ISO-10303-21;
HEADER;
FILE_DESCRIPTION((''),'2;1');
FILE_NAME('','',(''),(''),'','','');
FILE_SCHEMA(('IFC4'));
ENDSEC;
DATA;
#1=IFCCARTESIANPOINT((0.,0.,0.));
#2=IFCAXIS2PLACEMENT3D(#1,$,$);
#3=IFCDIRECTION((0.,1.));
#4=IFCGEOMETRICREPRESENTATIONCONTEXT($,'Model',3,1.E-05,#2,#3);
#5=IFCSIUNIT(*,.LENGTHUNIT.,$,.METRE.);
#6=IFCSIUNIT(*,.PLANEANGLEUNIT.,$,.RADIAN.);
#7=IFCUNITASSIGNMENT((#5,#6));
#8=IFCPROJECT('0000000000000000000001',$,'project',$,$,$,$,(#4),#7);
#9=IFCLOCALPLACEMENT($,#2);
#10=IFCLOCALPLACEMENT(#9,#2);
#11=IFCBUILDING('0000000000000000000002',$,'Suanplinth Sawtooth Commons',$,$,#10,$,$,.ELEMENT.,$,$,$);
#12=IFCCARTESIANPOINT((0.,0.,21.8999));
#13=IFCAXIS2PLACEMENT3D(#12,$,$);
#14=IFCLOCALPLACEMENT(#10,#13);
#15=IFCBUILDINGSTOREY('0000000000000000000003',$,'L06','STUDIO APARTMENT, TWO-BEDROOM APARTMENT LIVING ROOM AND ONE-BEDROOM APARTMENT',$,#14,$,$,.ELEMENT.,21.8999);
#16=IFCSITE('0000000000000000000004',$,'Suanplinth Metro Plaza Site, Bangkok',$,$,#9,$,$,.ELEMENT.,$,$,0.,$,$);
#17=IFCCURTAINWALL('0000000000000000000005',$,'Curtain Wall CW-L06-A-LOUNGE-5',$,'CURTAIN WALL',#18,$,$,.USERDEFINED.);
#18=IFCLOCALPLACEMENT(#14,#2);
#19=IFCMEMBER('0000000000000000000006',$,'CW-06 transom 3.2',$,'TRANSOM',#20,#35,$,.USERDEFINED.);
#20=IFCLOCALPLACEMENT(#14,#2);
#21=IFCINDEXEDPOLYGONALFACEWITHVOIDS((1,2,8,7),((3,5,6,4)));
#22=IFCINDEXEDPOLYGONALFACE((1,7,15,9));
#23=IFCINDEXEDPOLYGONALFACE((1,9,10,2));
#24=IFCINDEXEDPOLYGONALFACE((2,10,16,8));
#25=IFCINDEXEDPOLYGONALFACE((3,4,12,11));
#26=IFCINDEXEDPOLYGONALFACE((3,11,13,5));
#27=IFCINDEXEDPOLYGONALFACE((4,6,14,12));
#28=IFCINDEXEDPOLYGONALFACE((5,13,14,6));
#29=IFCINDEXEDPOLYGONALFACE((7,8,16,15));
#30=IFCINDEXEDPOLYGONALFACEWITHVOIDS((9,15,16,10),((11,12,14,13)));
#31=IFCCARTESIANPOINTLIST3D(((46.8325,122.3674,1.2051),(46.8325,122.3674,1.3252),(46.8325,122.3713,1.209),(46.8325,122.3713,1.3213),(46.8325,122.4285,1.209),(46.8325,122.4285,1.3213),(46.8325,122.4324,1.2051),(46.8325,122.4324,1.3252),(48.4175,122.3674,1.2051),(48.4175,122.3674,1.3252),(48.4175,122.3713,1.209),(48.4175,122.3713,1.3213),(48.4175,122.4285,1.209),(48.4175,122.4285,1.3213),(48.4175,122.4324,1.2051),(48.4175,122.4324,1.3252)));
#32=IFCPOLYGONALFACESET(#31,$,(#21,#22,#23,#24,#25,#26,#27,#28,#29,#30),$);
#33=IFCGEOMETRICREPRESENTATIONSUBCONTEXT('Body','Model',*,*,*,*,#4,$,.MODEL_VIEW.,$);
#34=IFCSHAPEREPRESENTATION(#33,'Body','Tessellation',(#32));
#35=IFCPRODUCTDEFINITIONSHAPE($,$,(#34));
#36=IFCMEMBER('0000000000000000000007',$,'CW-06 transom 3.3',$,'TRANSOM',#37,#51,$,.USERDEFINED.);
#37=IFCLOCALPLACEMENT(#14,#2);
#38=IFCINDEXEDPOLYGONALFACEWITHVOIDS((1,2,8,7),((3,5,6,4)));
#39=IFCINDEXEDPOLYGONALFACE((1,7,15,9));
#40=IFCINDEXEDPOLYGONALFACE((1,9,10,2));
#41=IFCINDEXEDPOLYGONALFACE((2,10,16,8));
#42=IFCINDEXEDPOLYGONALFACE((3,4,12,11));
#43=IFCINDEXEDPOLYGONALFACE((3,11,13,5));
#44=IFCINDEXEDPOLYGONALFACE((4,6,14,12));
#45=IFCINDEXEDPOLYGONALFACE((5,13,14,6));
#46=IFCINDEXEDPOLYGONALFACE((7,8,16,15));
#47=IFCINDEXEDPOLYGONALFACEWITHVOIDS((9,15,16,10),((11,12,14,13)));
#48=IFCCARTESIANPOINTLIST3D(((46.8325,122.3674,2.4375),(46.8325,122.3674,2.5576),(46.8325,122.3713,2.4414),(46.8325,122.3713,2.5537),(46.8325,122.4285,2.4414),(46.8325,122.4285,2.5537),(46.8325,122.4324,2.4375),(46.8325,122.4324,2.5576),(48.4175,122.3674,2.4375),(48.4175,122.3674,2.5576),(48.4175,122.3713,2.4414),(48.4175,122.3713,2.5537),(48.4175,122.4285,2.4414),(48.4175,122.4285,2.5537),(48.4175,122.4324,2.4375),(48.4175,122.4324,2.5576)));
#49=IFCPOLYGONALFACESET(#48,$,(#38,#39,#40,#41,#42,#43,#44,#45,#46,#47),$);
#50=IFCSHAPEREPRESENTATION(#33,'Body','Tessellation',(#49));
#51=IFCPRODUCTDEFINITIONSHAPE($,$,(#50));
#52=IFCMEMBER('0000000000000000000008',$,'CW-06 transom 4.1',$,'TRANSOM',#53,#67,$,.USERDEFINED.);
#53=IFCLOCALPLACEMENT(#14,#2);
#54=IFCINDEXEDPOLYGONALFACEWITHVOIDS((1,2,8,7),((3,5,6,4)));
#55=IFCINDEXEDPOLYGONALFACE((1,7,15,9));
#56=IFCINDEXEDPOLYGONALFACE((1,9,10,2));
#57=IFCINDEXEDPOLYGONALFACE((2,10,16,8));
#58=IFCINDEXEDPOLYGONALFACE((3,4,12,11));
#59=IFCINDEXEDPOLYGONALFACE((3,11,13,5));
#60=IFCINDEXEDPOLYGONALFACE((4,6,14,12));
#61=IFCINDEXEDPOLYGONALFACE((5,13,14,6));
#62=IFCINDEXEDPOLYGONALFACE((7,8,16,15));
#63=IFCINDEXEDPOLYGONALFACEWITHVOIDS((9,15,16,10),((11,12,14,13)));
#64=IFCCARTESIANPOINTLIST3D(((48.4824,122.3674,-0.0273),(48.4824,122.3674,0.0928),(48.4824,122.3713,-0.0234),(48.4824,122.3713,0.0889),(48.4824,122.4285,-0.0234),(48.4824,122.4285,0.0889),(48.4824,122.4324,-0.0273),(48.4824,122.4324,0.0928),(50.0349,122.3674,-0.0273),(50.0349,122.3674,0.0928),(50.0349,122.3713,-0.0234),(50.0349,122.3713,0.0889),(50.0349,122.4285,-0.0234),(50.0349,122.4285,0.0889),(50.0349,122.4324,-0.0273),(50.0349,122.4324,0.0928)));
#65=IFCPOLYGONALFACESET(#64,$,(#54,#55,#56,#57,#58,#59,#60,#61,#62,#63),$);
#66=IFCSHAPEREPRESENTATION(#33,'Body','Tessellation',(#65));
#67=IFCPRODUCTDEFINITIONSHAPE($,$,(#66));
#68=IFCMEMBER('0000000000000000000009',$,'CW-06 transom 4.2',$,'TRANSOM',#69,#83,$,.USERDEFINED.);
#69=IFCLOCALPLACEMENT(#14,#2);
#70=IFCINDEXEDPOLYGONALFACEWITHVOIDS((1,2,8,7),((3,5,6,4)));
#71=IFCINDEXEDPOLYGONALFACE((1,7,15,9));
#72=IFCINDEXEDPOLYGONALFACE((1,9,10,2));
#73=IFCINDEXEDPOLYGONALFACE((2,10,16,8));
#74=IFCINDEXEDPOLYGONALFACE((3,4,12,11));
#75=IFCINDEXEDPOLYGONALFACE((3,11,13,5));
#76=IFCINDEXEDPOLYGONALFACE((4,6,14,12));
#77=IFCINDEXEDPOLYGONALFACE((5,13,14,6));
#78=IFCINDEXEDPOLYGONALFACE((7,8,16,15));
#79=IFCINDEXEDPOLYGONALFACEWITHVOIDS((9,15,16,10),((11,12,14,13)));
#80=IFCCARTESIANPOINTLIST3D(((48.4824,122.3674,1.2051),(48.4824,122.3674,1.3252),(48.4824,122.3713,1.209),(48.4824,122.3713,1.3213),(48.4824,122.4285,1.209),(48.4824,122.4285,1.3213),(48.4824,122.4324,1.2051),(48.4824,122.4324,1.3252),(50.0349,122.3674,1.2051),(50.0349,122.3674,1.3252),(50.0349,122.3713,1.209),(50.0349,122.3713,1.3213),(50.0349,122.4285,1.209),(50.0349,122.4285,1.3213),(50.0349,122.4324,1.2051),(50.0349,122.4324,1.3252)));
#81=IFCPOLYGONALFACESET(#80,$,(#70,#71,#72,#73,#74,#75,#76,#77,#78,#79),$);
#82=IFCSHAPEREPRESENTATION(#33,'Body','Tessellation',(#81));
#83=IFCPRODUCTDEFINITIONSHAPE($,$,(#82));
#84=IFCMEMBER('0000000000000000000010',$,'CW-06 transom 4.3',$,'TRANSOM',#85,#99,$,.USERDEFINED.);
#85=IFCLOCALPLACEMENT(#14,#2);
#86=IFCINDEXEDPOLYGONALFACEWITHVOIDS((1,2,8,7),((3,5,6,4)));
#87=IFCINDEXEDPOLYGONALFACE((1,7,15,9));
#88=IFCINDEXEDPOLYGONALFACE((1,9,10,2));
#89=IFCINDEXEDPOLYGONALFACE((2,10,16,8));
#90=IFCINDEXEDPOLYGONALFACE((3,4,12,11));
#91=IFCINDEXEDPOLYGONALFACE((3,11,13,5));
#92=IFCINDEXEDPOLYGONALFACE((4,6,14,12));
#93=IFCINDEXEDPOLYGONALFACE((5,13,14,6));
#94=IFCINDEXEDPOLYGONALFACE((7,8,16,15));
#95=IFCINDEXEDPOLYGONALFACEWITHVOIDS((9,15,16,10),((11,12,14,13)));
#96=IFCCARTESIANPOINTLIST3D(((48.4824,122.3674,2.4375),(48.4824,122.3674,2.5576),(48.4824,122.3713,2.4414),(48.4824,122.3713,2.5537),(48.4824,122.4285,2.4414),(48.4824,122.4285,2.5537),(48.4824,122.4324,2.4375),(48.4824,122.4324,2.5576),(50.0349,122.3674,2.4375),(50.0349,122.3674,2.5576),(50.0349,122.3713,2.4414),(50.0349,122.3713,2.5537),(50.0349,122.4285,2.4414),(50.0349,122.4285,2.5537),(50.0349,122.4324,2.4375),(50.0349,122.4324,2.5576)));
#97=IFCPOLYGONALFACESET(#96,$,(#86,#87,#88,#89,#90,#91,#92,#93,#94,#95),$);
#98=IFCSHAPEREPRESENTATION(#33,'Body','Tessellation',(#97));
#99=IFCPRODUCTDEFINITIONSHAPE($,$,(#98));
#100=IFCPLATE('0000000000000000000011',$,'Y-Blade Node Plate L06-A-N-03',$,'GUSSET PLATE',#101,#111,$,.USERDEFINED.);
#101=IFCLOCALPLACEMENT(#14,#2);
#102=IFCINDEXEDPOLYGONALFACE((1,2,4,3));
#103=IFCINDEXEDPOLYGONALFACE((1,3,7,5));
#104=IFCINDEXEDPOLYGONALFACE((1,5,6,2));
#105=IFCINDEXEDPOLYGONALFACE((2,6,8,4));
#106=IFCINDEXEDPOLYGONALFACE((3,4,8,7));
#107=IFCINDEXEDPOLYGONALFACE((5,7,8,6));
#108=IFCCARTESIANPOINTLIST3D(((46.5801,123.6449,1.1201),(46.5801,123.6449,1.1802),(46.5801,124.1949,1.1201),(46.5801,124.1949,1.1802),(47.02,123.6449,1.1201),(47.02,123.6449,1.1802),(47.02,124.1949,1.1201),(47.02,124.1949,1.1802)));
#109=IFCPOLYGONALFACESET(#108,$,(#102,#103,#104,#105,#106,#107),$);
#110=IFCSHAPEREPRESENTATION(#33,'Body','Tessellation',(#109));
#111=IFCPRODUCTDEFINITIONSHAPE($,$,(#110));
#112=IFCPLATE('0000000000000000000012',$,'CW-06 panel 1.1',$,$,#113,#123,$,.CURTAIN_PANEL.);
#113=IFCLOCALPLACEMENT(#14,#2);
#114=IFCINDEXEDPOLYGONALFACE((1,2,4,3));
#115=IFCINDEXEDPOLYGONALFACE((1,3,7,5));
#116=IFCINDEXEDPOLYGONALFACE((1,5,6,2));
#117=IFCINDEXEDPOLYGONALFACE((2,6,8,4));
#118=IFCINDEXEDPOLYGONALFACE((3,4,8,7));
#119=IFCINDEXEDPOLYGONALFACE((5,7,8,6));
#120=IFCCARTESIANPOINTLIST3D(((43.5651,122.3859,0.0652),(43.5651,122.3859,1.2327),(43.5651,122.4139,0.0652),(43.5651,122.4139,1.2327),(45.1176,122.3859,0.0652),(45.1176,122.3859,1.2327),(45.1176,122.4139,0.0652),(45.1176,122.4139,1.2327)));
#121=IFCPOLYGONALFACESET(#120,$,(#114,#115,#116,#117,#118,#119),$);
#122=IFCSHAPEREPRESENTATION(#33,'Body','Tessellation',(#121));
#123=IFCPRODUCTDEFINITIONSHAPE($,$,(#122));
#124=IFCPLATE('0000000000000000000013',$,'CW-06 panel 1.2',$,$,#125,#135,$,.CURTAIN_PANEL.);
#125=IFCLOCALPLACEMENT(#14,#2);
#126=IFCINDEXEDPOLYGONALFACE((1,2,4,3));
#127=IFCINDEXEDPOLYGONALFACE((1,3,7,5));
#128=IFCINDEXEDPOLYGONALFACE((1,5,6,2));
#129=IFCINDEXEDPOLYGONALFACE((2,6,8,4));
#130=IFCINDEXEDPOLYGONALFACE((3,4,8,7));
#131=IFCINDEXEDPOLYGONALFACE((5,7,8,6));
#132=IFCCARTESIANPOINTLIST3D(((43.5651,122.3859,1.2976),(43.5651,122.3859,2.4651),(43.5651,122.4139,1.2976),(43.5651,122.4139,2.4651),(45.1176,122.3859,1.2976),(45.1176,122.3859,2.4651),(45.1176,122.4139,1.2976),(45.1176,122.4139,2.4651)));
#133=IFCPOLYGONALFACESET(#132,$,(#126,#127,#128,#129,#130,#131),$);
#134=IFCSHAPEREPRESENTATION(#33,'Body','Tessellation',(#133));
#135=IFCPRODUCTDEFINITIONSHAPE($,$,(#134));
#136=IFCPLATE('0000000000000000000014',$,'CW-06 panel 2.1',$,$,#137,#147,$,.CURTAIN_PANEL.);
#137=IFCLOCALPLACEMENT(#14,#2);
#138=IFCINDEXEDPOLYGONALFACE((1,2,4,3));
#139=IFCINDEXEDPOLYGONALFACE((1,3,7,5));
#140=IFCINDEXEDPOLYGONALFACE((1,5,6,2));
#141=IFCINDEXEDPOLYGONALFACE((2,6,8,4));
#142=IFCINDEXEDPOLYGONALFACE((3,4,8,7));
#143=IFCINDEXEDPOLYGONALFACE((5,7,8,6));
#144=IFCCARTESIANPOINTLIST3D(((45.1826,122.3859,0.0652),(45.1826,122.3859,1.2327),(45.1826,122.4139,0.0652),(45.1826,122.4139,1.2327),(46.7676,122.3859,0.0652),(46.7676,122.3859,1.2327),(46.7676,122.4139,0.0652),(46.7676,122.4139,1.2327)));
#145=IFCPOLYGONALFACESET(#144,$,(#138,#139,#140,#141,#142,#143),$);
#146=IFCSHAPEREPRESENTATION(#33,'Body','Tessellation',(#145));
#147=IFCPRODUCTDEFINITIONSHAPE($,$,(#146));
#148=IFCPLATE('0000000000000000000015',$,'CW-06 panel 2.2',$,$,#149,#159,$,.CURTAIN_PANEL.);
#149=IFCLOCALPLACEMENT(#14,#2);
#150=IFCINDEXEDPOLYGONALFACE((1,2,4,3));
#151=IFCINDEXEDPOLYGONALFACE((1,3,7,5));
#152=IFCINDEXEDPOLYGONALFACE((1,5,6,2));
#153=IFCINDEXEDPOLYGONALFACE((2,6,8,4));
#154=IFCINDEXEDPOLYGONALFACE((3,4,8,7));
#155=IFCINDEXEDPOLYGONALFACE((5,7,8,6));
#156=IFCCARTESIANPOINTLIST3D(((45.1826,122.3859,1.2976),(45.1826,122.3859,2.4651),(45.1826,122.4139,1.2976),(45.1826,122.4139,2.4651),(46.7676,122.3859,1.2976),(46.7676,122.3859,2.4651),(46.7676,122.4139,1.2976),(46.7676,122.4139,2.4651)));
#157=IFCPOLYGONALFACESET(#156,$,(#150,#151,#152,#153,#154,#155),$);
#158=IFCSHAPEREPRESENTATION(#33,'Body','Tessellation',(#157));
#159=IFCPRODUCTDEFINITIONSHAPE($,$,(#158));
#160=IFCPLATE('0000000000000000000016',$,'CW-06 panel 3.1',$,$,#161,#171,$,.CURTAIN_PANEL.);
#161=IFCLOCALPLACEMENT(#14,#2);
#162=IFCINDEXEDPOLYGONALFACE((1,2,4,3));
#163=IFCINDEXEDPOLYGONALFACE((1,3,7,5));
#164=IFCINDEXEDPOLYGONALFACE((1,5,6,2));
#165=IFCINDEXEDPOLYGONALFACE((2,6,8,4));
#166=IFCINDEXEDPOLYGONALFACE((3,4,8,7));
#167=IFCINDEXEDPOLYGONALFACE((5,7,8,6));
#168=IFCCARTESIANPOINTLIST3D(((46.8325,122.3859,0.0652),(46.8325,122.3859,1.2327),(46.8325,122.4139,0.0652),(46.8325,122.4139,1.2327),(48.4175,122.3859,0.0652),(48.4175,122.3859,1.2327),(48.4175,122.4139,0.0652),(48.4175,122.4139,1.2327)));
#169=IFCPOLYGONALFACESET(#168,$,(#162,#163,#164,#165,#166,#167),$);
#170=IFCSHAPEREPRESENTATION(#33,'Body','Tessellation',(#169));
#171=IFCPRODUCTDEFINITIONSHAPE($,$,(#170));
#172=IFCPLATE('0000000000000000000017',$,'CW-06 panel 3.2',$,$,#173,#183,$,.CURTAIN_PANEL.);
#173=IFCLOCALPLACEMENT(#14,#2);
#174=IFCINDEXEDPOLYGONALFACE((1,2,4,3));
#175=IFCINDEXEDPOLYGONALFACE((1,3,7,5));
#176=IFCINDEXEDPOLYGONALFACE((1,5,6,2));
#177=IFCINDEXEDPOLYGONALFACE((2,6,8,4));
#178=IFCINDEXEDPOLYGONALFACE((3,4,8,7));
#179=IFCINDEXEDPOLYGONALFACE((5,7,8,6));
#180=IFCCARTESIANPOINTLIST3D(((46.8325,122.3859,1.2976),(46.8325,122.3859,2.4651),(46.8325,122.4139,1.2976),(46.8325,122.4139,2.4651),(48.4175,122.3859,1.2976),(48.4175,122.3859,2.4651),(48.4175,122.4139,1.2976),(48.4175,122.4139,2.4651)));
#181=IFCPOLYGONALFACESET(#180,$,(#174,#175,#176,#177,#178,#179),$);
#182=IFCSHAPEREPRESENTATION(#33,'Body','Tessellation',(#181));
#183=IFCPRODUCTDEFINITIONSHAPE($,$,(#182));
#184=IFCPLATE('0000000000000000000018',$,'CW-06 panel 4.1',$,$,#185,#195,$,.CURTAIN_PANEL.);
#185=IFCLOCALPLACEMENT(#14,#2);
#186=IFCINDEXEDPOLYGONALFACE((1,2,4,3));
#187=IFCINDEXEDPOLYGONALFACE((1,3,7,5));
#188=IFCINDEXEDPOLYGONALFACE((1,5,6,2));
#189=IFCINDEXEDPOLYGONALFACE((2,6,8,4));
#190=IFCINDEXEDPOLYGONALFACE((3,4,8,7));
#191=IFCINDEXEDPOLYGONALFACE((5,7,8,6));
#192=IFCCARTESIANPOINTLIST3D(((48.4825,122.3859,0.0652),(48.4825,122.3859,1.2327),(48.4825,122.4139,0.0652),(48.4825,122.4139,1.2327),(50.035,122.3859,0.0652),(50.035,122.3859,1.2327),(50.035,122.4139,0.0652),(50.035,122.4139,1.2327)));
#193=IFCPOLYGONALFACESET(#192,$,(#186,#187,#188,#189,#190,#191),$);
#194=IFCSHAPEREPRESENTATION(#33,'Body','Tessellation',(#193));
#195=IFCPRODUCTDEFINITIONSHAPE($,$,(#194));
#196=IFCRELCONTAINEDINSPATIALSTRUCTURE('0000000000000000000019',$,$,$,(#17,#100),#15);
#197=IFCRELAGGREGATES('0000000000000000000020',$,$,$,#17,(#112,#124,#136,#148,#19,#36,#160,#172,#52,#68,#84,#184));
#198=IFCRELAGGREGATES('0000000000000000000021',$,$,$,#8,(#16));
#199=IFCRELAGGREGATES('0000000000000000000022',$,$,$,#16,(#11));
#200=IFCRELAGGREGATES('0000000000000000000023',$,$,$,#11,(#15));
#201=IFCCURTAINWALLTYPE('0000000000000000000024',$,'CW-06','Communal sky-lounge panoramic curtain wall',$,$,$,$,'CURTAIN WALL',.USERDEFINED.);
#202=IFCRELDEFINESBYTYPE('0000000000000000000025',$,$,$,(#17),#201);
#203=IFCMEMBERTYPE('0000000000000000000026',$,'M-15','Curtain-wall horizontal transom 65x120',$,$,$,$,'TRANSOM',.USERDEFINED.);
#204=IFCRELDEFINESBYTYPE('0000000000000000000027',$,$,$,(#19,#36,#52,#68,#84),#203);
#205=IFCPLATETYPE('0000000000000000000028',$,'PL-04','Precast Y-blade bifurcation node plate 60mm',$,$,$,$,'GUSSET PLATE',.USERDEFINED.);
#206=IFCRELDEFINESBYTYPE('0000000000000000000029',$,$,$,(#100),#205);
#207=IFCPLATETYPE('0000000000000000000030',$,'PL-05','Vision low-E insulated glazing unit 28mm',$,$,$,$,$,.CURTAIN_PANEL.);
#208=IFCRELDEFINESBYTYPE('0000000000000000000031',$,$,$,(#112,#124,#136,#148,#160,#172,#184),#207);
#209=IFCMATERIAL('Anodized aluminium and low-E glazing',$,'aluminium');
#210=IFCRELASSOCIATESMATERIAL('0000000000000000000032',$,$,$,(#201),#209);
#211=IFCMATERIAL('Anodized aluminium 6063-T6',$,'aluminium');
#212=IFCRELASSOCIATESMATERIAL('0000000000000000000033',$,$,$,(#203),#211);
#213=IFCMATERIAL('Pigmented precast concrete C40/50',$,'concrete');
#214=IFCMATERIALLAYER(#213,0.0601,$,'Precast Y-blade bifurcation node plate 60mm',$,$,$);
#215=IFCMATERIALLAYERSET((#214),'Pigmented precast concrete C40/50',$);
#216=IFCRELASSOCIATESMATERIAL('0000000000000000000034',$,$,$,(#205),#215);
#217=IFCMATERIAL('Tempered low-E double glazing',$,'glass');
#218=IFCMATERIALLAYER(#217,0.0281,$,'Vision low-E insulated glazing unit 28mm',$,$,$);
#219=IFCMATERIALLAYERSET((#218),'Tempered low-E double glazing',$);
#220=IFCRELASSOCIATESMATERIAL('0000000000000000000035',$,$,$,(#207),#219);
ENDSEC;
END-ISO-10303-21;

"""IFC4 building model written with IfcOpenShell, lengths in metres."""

from ifc_helpers import new_model, si_unit, direction, frame, origin, origin_2d, place, context, subcontext, project, spatial, rectangle, hollow_rectangle, extrude, material, layer, layer_set, material_profile, profile_set, type_object, element, aggregate, save


model = new_model("IFC4")

# Units and contexts
model_context = context("Model", 3, precision=1e-05, world=origin(), true_north=direction((0.0, 1.0)))
body_context = subcontext(model_context, "Body", "Model", "MODEL_VIEW")
ifc_project = project(units=[si_unit("LENGTHUNIT", "METRE"), si_unit("PLANEANGLEUNIT", "RADIAN")], contexts=[model_context])

# Site, building, storey
site_placement = place(None, origin())
site = spatial("IfcSite", under=ifc_project, at=site_placement, Name="Suanplinth Metro Plaza Site, Bangkok", CompositionType="ELEMENT", RefElevation=0.0)
building_placement = place(site_placement, origin())
building = spatial("IfcBuilding", under=site, at=building_placement, Name="Suanplinth Sawtooth Commons", CompositionType="ELEMENT")
storey_placement = place(building_placement, frame((0.0, 0.0, 21.8999)))
storey = spatial("IfcBuildingStorey", under=building, at=storey_placement, Name="L06", Description="STUDIO APARTMENT, TWO-BEDROOM APARTMENT LIVING ROOM AND ONE-BEDROOM APARTMENT", CompositionType="ELEMENT", Elevation=21.8999)

# Shared definitions
ifc_material_1 = material(Name="Pigmented precast concrete C40/50", Category="concrete")

# Curtain wall, members
ifc_material_2 = material(Name="Anodized aluminium and low-E glazing", Category="aluminium")
curtain_wall_type = type_object("IfcCurtainWallType", Name="CW-06", Description="Communal sky-lounge panoramic curtain wall", ElementType="CURTAIN WALL", PredefinedType="USERDEFINED", material=ifc_material_2)
curtain_wall_placement = place(storey_placement, origin())
curtain_wall = element("IfcCurtainWall", 1, at=curtain_wall_placement, inside=storey, type_object=curtain_wall_type, Name="Curtain Wall CW-L06-A-LOUNGE-5", ObjectType="CURTAIN WALL", PredefinedType="USERDEFINED")
ifc_material_3 = material(Name="Anodized aluminium 6063-T6", Category="aluminium")
ifc_material_profile_1 = material_profile(ifc_material_3, hollow_rectangle(XDim=0.0649, YDim=0.1201, WallThickness=0.0039, at=origin_2d()), Name="ALU-TRN 65x120")
ifc_profile_set_1 = profile_set([ifc_material_profile_1], Name="Anodized aluminium 6063-T6")
member_type_1 = type_object("IfcMemberType", Name="M-15", Description="Curtain-wall horizontal transom 65x120", ElementType="TRANSOM", PredefinedType="USERDEFINED", material=ifc_profile_set_1)
member_1_placement = place(storey_placement, frame((46.8325, 122.3999, 1.2651), z_axis=(1.0, 0.0, 0.0), x_axis=(0.0, 1.0, 0.0)))
member_1 = element("IfcMember", 2, at=member_1_placement, type_object=member_type_1, Name="CW-06 transom 3.2", ObjectType="TRANSOM", PredefinedType="USERDEFINED", context=body_context, shape_type="SweptSolid", body=[
    extrude(hollow_rectangle(XDim=0.0649, YDim=0.1201, WallThickness=0.0039, at=origin_2d()), origin(), (0.0, 0.0, 1.0), 1.585),
])
member_2_placement = place(storey_placement, frame((46.8325, 122.3999, 2.4976), z_axis=(1.0, 0.0, 0.0), x_axis=(0.0, 1.0, 0.0)))
member_2 = element("IfcMember", 3, at=member_2_placement, type_object=member_type_1, Name="CW-06 transom 3.3", ObjectType="TRANSOM", PredefinedType="USERDEFINED", context=body_context, shape_type="SweptSolid", body=[
    extrude(hollow_rectangle(XDim=0.0649, YDim=0.1201, WallThickness=0.0039, at=origin_2d()), origin(), (0.0, 0.0, 1.0), 1.585),
])
member_3_placement = place(storey_placement, frame((48.4824, 122.3999, 0.0327), z_axis=(1.0, 0.0, 0.0), x_axis=(0.0, 1.0, 0.0)))
member_3 = element("IfcMember", 4, at=member_3_placement, type_object=member_type_1, Name="CW-06 transom 4.1", ObjectType="TRANSOM", PredefinedType="USERDEFINED", context=body_context, shape_type="SweptSolid", body=[
    extrude(hollow_rectangle(XDim=0.0649, YDim=0.1201, WallThickness=0.0039, at=origin_2d()), origin(), (0.0, 0.0, 1.0), 1.5525),
])
member_4_placement = place(storey_placement, frame((48.4824, 122.3999, 1.2651), z_axis=(1.0, 0.0, 0.0), x_axis=(0.0, 1.0, 0.0)))
member_4 = element("IfcMember", 5, at=member_4_placement, type_object=member_type_1, Name="CW-06 transom 4.2", ObjectType="TRANSOM", PredefinedType="USERDEFINED", context=body_context, shape_type="SweptSolid", body=[
    extrude(hollow_rectangle(XDim=0.0649, YDim=0.1201, WallThickness=0.0039, at=origin_2d()), origin(), (0.0, 0.0, 1.0), 1.5525),
])
member_5_placement = place(storey_placement, frame((48.4824, 122.3999, 2.4976), z_axis=(1.0, 0.0, 0.0), x_axis=(0.0, 1.0, 0.0)))
member_5 = element("IfcMember", 6, at=member_5_placement, type_object=member_type_1, Name="CW-06 transom 4.3", ObjectType="TRANSOM", PredefinedType="USERDEFINED", context=body_context, shape_type="SweptSolid", body=[
    extrude(hollow_rectangle(XDim=0.0649, YDim=0.1201, WallThickness=0.0039, at=origin_2d()), origin(), (0.0, 0.0, 1.0), 1.5525),
])

# Plates
ifc_layer_1 = layer(ifc_material_1, 0.0601, Name="Precast Y-blade bifurcation node plate 60mm")
ifc_layer_set_1 = layer_set([ifc_layer_1], Name="Pigmented precast concrete C40/50")
plate_type_1 = type_object("IfcPlateType", Name="PL-04", Description="Precast Y-blade bifurcation node plate 60mm", ElementType="GUSSET PLATE", PredefinedType="USERDEFINED", material=ifc_layer_set_1)
plate_1_placement = place(storey_placement, frame((46.8, 123.9199, 1.1201), z_axis=(0.0, 0.0, 1.0), x_axis=(1.0, 0.0, 0.0)))
element("IfcPlate", 7, at=plate_1_placement, inside=storey, type_object=plate_type_1, Name="Y-Blade Node Plate L06-A-N-03", ObjectType="GUSSET PLATE", PredefinedType="USERDEFINED", context=body_context, shape_type="SweptSolid", body=[
    extrude(rectangle(XDim=0.4399, YDim=0.55, at=origin_2d()), origin(), (0.0, 0.0, 1.0), 0.0601),
])
ifc_material_4 = material(Name="Tempered low-E double glazing", Category="glass")
ifc_layer_2 = layer(ifc_material_4, 0.0281, Name="Vision low-E insulated glazing unit 28mm")
ifc_layer_set_2 = layer_set([ifc_layer_2], Name="Tempered low-E double glazing")
plate_type_2 = type_object("IfcPlateType", Name="PL-05", Description="Vision low-E insulated glazing unit 28mm", PredefinedType="CURTAIN_PANEL", material=ifc_layer_set_2)
plate_2_placement = place(storey_placement, frame((44.3413, 122.3999, 0.0652), z_axis=(0.0, 0.0, 1.0), x_axis=(1.0, 0.0, 0.0)))
plate_2 = element("IfcPlate", 8, at=plate_2_placement, type_object=plate_type_2, Name="CW-06 panel 1.1", PredefinedType="CURTAIN_PANEL", context=body_context, shape_type="SweptSolid", body=[
    extrude(rectangle(XDim=1.5525, YDim=0.0281, at=origin_2d()), origin(), (0.0, 0.0, 1.0), 1.1675),
])
plate_3_placement = place(storey_placement, frame((44.3413, 122.3999, 1.2976), z_axis=(0.0, 0.0, 1.0), x_axis=(1.0, 0.0, 0.0)))
plate_3 = element("IfcPlate", 9, at=plate_3_placement, type_object=plate_type_2, Name="CW-06 panel 1.2", PredefinedType="CURTAIN_PANEL", context=body_context, shape_type="SweptSolid", body=[
    extrude(rectangle(XDim=1.5525, YDim=0.0281, at=origin_2d()), origin(), (0.0, 0.0, 1.0), 1.1675),
])
plate_4_placement = place(storey_placement, frame((45.9751, 122.3999, 0.0652), z_axis=(0.0, 0.0, 1.0), x_axis=(1.0, 0.0, 0.0)))
plate_4 = element("IfcPlate", 10, at=plate_4_placement, type_object=plate_type_2, Name="CW-06 panel 2.1", PredefinedType="CURTAIN_PANEL", context=body_context, shape_type="SweptSolid", body=[
    extrude(rectangle(XDim=1.585, YDim=0.0281, at=origin_2d()), origin(), (0.0, 0.0, 1.0), 1.1675),
])
plate_5_placement = place(storey_placement, frame((45.9751, 122.3999, 1.2976), z_axis=(0.0, 0.0, 1.0), x_axis=(1.0, 0.0, 0.0)))
plate_5 = element("IfcPlate", 11, at=plate_5_placement, type_object=plate_type_2, Name="CW-06 panel 2.2", PredefinedType="CURTAIN_PANEL", context=body_context, shape_type="SweptSolid", body=[
    extrude(rectangle(XDim=1.585, YDim=0.0281, at=origin_2d()), origin(), (0.0, 0.0, 1.0), 1.1675),
])
plate_6_placement = place(storey_placement, frame((47.625, 122.3999, 0.0652), z_axis=(0.0, 0.0, 1.0), x_axis=(1.0, 0.0, 0.0)))
plate_6 = element("IfcPlate", 12, at=plate_6_placement, type_object=plate_type_2, Name="CW-06 panel 3.1", PredefinedType="CURTAIN_PANEL", context=body_context, shape_type="SweptSolid", body=[
    extrude(rectangle(XDim=1.585, YDim=0.0281, at=origin_2d()), origin(), (0.0, 0.0, 1.0), 1.1675),
])
plate_7_placement = place(storey_placement, frame((47.625, 122.3999, 1.2976), z_axis=(0.0, 0.0, 1.0), x_axis=(1.0, 0.0, 0.0)))
plate_7 = element("IfcPlate", 13, at=plate_7_placement, type_object=plate_type_2, Name="CW-06 panel 3.2", PredefinedType="CURTAIN_PANEL", context=body_context, shape_type="SweptSolid", body=[
    extrude(rectangle(XDim=1.585, YDim=0.0281, at=origin_2d()), origin(), (0.0, 0.0, 1.0), 1.1675),
])
plate_8_placement = place(storey_placement, frame((49.2588, 122.3999, 0.0652), z_axis=(0.0, 0.0, 1.0), x_axis=(1.0, 0.0, 0.0)))
plate_8 = element("IfcPlate", 14, at=plate_8_placement, type_object=plate_type_2, Name="CW-06 panel 4.1", PredefinedType="CURTAIN_PANEL", context=body_context, shape_type="SweptSolid", body=[
    extrude(rectangle(XDim=1.5525, YDim=0.0281, at=origin_2d()), origin(), (0.0, 0.0, 1.0), 1.1675),
])
aggregate(curtain_wall, [plate_2, plate_3, plate_4, plate_5, member_1, member_2, plate_6, plate_7, member_3, member_4, member_5, plate_8])

save(model, "model.ifc")
